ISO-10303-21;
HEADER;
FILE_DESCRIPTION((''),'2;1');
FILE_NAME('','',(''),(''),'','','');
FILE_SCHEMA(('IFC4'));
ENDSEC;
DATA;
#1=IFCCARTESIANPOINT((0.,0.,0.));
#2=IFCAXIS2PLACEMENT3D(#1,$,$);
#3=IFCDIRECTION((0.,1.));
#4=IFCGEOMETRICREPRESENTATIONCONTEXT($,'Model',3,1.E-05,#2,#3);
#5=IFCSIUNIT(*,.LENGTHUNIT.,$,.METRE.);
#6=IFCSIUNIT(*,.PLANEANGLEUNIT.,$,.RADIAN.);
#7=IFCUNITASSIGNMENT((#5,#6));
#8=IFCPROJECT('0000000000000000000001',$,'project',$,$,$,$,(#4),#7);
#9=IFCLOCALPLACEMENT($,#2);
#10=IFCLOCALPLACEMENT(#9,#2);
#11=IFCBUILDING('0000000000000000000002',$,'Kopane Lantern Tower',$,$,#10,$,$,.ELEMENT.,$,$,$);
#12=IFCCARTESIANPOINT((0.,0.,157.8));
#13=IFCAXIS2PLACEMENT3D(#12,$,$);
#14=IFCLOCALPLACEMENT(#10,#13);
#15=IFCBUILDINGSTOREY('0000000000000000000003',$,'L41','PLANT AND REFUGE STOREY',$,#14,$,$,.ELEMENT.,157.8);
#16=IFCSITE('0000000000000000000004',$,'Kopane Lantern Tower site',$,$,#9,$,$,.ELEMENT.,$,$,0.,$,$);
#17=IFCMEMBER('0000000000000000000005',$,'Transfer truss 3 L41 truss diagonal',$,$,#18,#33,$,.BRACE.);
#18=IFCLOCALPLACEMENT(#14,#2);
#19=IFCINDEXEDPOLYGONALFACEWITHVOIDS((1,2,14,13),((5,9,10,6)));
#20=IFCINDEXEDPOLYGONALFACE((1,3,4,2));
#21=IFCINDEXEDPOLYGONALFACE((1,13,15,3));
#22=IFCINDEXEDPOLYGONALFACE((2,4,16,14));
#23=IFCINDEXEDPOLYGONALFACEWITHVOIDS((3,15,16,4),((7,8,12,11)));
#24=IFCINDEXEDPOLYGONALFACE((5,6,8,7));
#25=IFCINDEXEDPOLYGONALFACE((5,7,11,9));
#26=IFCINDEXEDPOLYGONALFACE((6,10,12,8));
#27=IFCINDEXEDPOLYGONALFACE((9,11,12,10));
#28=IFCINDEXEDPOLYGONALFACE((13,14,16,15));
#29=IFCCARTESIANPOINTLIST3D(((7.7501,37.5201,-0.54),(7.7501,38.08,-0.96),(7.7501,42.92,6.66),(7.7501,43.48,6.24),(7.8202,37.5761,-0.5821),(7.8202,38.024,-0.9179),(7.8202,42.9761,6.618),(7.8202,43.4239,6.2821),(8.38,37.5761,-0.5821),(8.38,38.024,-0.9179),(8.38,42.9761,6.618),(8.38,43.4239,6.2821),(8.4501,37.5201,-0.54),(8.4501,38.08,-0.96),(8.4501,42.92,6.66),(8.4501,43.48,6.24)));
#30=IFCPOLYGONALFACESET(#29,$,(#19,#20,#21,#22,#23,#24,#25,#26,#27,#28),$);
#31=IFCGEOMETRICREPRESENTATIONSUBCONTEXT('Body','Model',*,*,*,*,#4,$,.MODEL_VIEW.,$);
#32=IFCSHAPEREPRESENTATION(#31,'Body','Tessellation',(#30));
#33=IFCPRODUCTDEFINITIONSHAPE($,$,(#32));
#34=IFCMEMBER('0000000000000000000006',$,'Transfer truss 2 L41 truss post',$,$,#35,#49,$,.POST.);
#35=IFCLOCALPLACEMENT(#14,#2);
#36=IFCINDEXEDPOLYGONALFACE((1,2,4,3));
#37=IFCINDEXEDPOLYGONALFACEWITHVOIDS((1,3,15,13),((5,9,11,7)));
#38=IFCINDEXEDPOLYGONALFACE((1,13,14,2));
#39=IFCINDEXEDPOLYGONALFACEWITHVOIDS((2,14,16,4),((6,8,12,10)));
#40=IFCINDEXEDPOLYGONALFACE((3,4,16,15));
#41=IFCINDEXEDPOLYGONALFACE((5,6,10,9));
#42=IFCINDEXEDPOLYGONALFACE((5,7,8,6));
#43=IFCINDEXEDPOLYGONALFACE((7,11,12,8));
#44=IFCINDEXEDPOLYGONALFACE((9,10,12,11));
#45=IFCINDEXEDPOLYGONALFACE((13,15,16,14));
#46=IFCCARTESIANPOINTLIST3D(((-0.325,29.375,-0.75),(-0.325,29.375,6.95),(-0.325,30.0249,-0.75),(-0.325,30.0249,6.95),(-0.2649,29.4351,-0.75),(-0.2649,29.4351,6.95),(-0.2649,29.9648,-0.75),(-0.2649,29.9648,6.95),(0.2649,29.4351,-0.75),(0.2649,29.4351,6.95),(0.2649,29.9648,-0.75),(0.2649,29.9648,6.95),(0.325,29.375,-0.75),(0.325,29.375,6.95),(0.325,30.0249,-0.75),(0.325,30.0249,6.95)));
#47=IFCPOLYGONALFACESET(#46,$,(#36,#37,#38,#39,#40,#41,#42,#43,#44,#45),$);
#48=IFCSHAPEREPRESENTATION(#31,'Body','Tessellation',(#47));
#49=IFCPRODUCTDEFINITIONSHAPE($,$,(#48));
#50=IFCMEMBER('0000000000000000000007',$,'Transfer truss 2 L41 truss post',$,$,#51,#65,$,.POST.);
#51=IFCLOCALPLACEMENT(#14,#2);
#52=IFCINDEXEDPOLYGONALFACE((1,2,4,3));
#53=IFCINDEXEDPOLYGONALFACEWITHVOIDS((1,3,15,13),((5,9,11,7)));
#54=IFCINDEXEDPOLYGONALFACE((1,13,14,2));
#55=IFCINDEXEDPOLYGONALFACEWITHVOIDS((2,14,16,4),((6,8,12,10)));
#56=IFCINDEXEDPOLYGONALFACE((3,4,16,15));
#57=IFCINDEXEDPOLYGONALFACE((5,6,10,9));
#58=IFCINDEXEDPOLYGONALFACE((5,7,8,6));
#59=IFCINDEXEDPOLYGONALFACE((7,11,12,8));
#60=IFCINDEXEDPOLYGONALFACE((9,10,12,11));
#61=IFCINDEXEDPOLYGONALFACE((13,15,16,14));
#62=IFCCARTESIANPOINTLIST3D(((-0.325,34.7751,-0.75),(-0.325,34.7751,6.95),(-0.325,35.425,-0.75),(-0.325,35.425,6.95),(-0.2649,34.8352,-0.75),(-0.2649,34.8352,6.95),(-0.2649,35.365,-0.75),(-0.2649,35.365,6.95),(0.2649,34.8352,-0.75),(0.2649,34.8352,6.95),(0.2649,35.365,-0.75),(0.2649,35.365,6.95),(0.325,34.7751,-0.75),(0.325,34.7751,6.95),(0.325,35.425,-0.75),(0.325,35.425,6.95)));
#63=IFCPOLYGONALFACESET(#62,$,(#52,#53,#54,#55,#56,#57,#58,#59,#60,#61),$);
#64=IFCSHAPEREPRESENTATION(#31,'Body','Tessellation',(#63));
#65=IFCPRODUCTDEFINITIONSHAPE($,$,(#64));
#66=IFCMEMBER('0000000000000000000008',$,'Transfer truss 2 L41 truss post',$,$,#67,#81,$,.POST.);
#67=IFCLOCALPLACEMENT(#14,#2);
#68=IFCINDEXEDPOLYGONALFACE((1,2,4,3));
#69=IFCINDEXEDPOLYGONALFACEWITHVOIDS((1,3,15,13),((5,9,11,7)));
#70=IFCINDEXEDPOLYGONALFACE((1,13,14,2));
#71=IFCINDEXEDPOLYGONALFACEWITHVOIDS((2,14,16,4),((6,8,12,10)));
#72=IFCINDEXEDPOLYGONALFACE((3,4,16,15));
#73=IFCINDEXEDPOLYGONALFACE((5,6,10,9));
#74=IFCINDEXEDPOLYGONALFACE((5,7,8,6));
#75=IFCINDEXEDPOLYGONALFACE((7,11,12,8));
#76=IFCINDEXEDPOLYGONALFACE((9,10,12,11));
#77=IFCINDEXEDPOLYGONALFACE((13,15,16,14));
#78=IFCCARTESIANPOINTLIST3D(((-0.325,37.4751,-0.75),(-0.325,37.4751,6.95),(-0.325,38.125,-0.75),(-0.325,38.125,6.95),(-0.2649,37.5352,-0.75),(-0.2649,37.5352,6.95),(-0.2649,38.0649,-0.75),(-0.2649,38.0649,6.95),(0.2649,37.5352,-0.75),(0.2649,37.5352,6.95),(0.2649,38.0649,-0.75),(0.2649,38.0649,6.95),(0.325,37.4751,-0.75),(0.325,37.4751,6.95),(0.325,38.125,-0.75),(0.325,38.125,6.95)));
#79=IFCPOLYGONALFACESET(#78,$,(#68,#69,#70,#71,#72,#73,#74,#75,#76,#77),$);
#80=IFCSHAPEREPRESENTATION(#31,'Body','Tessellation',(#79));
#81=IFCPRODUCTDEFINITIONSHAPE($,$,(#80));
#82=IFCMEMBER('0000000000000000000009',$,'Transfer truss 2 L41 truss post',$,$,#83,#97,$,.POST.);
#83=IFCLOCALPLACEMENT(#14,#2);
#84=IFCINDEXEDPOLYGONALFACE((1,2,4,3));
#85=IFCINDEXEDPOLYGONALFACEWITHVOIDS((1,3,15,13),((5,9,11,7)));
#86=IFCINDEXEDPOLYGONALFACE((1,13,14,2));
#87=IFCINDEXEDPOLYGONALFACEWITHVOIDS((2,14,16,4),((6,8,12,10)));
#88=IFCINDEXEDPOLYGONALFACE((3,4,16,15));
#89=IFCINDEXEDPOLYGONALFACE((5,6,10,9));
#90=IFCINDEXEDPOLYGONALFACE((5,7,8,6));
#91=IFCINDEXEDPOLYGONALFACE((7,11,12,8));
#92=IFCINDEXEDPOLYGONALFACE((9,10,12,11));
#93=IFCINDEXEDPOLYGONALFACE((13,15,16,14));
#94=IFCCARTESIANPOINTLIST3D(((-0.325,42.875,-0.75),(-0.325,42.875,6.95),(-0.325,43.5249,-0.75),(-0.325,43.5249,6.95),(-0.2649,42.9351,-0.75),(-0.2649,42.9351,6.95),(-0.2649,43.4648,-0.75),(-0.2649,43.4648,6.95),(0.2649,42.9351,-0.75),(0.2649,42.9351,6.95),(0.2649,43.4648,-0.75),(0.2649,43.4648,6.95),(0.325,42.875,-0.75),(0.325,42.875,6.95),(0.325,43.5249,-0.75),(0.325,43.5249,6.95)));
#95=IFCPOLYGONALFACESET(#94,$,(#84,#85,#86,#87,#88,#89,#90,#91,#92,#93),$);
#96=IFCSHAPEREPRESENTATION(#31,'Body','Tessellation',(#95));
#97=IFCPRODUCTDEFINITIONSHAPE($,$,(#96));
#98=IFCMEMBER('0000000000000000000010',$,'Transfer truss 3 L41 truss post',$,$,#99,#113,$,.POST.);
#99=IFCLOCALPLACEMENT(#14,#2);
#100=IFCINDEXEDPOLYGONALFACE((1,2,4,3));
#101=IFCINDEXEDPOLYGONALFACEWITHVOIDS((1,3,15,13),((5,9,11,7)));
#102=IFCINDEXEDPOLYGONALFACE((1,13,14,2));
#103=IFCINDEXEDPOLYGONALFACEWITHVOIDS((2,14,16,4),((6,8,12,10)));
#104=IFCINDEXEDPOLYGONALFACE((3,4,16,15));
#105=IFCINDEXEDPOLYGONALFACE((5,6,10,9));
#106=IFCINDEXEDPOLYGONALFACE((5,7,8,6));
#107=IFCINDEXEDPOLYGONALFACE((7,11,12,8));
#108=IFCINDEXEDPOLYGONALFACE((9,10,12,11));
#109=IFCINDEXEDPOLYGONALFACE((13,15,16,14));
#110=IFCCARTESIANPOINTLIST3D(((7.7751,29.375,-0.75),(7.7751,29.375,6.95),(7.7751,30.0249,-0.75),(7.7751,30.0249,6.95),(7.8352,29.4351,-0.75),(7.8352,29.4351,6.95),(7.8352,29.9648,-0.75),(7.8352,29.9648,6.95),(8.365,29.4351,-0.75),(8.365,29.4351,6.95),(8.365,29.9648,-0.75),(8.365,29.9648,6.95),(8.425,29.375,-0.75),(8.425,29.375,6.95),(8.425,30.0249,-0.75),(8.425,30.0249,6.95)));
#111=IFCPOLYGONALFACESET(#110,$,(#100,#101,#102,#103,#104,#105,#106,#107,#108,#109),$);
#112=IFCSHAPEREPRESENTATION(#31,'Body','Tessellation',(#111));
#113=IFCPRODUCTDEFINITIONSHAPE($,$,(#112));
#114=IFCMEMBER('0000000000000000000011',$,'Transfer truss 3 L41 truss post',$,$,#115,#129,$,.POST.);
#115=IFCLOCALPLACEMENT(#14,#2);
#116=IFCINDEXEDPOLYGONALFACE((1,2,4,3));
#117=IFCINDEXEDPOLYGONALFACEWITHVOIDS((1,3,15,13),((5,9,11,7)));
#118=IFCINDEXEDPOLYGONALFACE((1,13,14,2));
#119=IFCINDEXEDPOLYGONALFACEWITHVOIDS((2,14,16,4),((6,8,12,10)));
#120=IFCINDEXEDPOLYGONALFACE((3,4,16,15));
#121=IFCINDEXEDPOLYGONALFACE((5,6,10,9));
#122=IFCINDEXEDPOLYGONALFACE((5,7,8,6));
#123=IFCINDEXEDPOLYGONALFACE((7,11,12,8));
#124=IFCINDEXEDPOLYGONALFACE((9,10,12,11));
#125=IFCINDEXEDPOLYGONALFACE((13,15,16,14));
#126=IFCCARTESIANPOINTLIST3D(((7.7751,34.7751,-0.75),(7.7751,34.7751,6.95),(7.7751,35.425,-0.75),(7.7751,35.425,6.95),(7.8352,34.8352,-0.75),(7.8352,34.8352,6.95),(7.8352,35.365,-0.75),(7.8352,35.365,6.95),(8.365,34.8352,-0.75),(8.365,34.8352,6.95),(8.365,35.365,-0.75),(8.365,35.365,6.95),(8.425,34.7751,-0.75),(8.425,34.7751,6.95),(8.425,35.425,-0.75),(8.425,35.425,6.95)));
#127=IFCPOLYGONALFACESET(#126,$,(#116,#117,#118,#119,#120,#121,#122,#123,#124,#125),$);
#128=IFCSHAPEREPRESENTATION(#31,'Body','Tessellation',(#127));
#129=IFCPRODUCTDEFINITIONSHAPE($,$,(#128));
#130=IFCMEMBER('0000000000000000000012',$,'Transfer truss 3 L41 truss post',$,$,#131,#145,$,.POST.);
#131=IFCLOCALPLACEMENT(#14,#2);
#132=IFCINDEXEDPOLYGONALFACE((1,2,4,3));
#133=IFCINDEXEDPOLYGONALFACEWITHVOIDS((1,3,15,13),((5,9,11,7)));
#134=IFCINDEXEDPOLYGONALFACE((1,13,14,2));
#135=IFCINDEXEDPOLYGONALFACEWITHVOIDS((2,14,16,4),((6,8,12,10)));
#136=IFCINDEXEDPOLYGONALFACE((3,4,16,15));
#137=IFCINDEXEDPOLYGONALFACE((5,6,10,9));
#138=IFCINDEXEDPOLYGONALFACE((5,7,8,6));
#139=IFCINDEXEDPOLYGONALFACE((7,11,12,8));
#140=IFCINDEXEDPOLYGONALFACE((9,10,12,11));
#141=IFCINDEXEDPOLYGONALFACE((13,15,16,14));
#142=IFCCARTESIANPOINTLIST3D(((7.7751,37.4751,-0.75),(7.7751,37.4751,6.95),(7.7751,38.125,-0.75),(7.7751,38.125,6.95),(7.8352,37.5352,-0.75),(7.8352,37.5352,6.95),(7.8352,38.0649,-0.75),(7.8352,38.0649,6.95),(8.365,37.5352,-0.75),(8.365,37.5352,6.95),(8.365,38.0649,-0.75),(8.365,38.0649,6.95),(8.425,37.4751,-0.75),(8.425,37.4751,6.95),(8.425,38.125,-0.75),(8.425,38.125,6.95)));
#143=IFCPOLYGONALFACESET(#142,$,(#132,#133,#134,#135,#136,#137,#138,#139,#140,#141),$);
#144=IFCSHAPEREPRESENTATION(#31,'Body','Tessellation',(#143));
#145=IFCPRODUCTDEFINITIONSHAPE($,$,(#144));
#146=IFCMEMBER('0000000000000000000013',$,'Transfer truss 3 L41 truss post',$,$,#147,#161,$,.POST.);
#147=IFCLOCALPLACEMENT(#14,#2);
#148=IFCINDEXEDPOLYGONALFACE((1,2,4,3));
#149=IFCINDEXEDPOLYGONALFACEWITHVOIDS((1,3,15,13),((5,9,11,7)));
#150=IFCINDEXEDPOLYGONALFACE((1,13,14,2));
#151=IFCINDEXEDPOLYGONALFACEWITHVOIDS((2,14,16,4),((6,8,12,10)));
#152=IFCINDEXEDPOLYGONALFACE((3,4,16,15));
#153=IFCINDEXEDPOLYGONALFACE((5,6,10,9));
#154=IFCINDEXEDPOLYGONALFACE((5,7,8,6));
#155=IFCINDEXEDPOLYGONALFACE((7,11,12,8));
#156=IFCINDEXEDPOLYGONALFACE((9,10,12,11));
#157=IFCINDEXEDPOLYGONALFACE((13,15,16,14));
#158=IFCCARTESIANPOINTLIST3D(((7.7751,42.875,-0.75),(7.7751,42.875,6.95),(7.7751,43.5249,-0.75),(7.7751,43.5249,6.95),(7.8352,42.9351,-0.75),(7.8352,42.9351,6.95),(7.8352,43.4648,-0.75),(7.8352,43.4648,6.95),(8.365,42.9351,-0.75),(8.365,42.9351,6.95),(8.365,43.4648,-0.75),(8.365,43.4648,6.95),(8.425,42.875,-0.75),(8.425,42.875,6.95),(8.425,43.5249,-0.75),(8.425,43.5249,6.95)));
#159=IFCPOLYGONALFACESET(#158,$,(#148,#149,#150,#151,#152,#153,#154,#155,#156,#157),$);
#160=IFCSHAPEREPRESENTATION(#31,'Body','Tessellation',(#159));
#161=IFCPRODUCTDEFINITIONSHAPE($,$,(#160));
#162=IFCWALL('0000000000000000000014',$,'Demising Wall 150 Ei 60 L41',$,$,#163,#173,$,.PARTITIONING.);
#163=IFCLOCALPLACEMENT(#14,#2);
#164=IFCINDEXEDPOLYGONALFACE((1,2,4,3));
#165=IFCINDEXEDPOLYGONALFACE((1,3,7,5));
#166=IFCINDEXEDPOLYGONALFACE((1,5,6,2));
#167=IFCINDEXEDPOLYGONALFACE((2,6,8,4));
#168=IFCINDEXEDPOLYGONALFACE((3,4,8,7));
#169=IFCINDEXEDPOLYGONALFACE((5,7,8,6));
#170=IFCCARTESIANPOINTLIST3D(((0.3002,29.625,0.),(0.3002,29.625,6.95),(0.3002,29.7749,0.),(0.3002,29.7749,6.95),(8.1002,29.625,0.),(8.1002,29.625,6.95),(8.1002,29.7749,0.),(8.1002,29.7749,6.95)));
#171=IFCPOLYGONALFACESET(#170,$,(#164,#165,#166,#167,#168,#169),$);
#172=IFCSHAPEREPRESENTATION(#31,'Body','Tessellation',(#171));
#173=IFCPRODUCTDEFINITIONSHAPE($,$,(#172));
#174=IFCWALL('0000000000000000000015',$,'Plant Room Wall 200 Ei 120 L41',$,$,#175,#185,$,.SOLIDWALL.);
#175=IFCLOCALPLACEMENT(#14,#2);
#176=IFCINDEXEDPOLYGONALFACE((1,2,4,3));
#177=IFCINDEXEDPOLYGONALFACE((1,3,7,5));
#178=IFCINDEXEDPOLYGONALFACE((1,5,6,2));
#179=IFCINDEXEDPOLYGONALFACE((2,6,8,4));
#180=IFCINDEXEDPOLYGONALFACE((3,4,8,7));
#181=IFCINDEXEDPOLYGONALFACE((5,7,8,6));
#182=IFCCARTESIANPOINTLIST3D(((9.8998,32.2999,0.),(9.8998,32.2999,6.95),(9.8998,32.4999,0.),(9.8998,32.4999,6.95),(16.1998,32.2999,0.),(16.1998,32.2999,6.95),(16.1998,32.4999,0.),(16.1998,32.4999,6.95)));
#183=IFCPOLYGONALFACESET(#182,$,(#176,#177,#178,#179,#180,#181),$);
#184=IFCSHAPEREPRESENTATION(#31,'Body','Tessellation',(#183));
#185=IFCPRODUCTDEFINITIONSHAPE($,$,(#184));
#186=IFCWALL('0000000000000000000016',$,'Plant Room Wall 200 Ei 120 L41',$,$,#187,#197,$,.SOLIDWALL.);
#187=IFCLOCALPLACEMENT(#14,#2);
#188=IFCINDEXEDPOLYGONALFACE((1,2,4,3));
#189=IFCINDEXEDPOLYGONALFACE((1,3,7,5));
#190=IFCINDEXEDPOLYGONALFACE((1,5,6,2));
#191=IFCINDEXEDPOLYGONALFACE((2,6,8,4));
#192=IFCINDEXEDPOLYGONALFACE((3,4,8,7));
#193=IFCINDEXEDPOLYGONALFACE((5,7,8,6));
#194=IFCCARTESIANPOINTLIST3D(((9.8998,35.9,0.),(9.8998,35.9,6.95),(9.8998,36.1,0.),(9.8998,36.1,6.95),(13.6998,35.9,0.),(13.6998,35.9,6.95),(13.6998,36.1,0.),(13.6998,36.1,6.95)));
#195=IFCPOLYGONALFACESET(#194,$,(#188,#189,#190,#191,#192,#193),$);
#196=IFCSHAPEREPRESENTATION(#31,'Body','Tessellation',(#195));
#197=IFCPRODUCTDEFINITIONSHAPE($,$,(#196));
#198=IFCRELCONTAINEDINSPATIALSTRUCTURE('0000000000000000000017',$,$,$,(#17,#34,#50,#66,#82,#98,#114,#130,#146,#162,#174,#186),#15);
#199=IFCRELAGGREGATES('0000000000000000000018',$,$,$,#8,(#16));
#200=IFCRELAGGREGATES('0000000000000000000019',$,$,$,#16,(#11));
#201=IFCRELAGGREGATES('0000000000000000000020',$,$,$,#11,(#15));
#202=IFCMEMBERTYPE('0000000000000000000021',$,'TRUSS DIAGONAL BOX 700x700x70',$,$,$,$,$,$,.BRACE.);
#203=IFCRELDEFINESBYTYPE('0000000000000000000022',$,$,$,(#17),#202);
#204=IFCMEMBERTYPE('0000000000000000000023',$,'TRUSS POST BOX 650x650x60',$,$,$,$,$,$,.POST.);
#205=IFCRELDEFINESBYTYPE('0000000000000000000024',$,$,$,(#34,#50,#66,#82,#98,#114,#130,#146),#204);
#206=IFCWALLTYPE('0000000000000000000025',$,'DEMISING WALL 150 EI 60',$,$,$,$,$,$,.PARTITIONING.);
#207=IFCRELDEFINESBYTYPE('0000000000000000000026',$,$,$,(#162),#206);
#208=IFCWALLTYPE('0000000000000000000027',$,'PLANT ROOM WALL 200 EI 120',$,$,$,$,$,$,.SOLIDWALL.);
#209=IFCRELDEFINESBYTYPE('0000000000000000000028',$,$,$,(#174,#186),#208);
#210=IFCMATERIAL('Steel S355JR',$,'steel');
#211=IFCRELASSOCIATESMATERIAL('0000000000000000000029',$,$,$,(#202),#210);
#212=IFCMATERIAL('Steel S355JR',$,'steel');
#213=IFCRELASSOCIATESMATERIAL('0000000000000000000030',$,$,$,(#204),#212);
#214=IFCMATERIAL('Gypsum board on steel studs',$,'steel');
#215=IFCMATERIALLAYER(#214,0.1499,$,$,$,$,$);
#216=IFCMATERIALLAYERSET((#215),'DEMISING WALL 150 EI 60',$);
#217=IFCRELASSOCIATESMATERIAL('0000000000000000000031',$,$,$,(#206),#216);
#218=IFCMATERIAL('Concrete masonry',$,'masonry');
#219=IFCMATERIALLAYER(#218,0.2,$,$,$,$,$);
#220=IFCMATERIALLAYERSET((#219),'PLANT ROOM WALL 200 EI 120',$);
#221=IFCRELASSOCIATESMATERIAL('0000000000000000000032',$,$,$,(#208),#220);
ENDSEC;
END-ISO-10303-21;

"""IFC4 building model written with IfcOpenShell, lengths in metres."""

from ifc_helpers import new_model, si_unit, direction, frame, frame_2d, origin, origin_2d, place, context, subcontext, project, spatial, rectangle, hollow_rectangle, extrude, material, layer, layer_set, material_profile, profile_set, type_object, element, save


model = new_model("IFC4")

# Units and contexts
model_context = context("Model", 3, precision=1e-05, world=origin(), true_north=direction((0.0, 1.0)))
body_context = subcontext(model_context, "Body", "Model", "MODEL_VIEW")
ifc_project = project(units=[si_unit("LENGTHUNIT", "METRE"), si_unit("PLANEANGLEUNIT", "RADIAN")], contexts=[model_context])

# Site, building, storey
site_placement = place(None, origin())
site = spatial("IfcSite", under=ifc_project, at=site_placement, Name="Kopane Lantern Tower site", CompositionType="ELEMENT", RefElevation=0.0)
building_placement = place(site_placement, origin())
building = spatial("IfcBuilding", under=site, at=building_placement, Name="Kopane Lantern Tower", CompositionType="ELEMENT")
storey_placement = place(building_placement, frame((0.0, 0.0, 157.8)))
storey = spatial("IfcBuildingStorey", under=building, at=storey_placement, Name="L41", Description="PLANT AND REFUGE STOREY", CompositionType="ELEMENT", Elevation=157.8)

# Members
ifc_material_1 = material(Name="Steel S355JR", Category="steel")
ifc_material_profile_1 = material_profile(ifc_material_1, hollow_rectangle(XDim=0.7, YDim=0.7, WallThickness=0.0701, at=origin_2d()), Name="BOX 700x700x70")
ifc_profile_set_1 = profile_set([ifc_material_profile_1], Name="Steel S355JR")
member_type_1 = type_object("IfcMemberType", Name="TRUSS DIAGONAL BOX 700x700x70", PredefinedType="BRACE", material=ifc_profile_set_1)
member_1_placement = place(storey_placement, frame((8.1001, 37.8, -0.75), z_axis=(0.0, 0.599996, 0.800003), x_axis=(-1.0, 0.0, 0.0)))
element("IfcMember", 1, at=member_1_placement, inside=storey, type_object=member_type_1, Name="Transfer truss 3 L41 truss diagonal", PredefinedType="BRACE", context=body_context, shape_type="SweptSolid", body=[
    extrude(hollow_rectangle(XDim=0.7, YDim=0.7, WallThickness=0.0701, at=origin_2d()), origin(), (0.0, 0.0, 1.0), 9.0),
])
ifc_material_2 = material(Name="Steel S355JR", Category="steel")
ifc_material_profile_2 = material_profile(ifc_material_2, hollow_rectangle(XDim=0.6499, YDim=0.6499, WallThickness=0.0601, at=origin_2d()), Name="BOX 650x650x60")
ifc_profile_set_2 = profile_set([ifc_material_profile_2], Name="Steel S355JR")
member_type_2 = type_object("IfcMemberType", Name="TRUSS POST BOX 650x650x60", PredefinedType="POST", material=ifc_profile_set_2)
for number, where, z_axis, x_axis, name in (
    (2, (0.0, 29.7, -0.75), (0.0, 0.0, 1.0), (1.0, 0.0, 0.0), "Transfer truss 2 L41 truss post"),
    (3, (0.0, 35.1001, -0.75), (0.0, 0.0, 1.0), (1.0, 0.0, 0.0), "Transfer truss 2 L41 truss post"),
    (4, (0.0, 37.8, -0.75), (0.0, 0.0, 1.0), (1.0, 0.0, 0.0), "Transfer truss 2 L41 truss post"),
    (5, (0.0, 43.2, -0.75), (0.0, 0.0, 1.0), (1.0, 0.0, 0.0), "Transfer truss 2 L41 truss post"),
    (6, (8.1001, 29.7, -0.75), (0.0, 0.0, 1.0), (1.0, 0.0, 0.0), "Transfer truss 3 L41 truss post"),
    (7, (8.1001, 35.1001, -0.75), (0.0, 0.0, 1.0), (1.0, 0.0, 0.0), "Transfer truss 3 L41 truss post"),
    (8, (8.1001, 37.8, -0.75), (0.0, 0.0, 1.0), (1.0, 0.0, 0.0), "Transfer truss 3 L41 truss post"),
    (9, (8.1001, 43.2, -0.75), (0.0, 0.0, 1.0), (1.0, 0.0, 0.0), "Transfer truss 3 L41 truss post"),
):
    element("IfcMember", number, at=place(storey_placement, frame(where, z_axis=z_axis, x_axis=x_axis)), inside=storey, type_object=member_type_2, Name=name, PredefinedType="POST", context=body_context, shape_type="SweptSolid", body=[
        extrude(hollow_rectangle(XDim=0.6499, YDim=0.6499, WallThickness=0.0601, at=origin_2d()), origin(), (0.0, 0.0, 1.0), 7.7),
    ])

# Walls
ifc_material_3 = material(Name="Gypsum board on steel studs", Category="steel")
ifc_layer_1 = layer(ifc_material_3, 0.1499)
ifc_layer_set_1 = layer_set([ifc_layer_1], Name="DEMISING WALL 150 EI 60")
wall_type_1 = type_object("IfcWallType", Name="DEMISING WALL 150 EI 60", PredefinedType="PARTITIONING", material=ifc_layer_set_1)
wall_1_placement = place(storey_placement, frame((8.1001, 29.7, 0.0), z_axis=(0.0, 0.0, 1.0), x_axis=(-1.0, 0.0, 0.0)))
element("IfcWall", 10, at=wall_1_placement, inside=storey, type_object=wall_type_1, Name="Demising Wall 150 Ei 60 L41", PredefinedType="PARTITIONING", context=body_context, shape_type="SweptSolid", body=[
    extrude(rectangle(XDim=7.8, YDim=0.1499, at=frame_2d((3.8999, 0.0))), origin(), (0.0, 0.0, 1.0), 6.95),
])
ifc_material_4 = material(Name="Concrete masonry", Category="masonry")
ifc_layer_2 = layer(ifc_material_4, 0.2)
ifc_layer_set_2 = layer_set([ifc_layer_2], Name="PLANT ROOM WALL 200 EI 120")
wall_type_2 = type_object("IfcWallType", Name="PLANT ROOM WALL 200 EI 120", PredefinedType="SOLIDWALL", material=ifc_layer_set_2)
wall_2_placement = place(storey_placement, frame((9.8999, 32.3999, 0.0), z_axis=(0.0, 0.0, 1.0), x_axis=(1.0, 0.0, 0.0)))
element("IfcWall", 11, at=wall_2_placement, inside=storey, type_object=wall_type_2, Name="Plant Room Wall 200 Ei 120 L41", PredefinedType="SOLIDWALL", context=body_context, shape_type="SweptSolid", body=[
    extrude(rectangle(XDim=6.3, YDim=0.2, at=frame_2d((3.1499, 0.0))), origin(), (0.0, 0.0, 1.0), 6.95),
])
wall_3_placement = place(storey_placement, frame((9.8999, 36.0, 0.0), z_axis=(0.0, 0.0, 1.0), x_axis=(1.0, 0.0, 0.0)))
element("IfcWall", 12, at=wall_3_placement, inside=storey, type_object=wall_type_2, Name="Plant Room Wall 200 Ei 120 L41", PredefinedType="SOLIDWALL", context=body_context, shape_type="SweptSolid", body=[
    extrude(rectangle(XDim=3.8, YDim=0.2, at=frame_2d((1.8999, 0.0))), origin(), (0.0, 0.0, 1.0), 6.95),
])

save(model, "model.ifc")
